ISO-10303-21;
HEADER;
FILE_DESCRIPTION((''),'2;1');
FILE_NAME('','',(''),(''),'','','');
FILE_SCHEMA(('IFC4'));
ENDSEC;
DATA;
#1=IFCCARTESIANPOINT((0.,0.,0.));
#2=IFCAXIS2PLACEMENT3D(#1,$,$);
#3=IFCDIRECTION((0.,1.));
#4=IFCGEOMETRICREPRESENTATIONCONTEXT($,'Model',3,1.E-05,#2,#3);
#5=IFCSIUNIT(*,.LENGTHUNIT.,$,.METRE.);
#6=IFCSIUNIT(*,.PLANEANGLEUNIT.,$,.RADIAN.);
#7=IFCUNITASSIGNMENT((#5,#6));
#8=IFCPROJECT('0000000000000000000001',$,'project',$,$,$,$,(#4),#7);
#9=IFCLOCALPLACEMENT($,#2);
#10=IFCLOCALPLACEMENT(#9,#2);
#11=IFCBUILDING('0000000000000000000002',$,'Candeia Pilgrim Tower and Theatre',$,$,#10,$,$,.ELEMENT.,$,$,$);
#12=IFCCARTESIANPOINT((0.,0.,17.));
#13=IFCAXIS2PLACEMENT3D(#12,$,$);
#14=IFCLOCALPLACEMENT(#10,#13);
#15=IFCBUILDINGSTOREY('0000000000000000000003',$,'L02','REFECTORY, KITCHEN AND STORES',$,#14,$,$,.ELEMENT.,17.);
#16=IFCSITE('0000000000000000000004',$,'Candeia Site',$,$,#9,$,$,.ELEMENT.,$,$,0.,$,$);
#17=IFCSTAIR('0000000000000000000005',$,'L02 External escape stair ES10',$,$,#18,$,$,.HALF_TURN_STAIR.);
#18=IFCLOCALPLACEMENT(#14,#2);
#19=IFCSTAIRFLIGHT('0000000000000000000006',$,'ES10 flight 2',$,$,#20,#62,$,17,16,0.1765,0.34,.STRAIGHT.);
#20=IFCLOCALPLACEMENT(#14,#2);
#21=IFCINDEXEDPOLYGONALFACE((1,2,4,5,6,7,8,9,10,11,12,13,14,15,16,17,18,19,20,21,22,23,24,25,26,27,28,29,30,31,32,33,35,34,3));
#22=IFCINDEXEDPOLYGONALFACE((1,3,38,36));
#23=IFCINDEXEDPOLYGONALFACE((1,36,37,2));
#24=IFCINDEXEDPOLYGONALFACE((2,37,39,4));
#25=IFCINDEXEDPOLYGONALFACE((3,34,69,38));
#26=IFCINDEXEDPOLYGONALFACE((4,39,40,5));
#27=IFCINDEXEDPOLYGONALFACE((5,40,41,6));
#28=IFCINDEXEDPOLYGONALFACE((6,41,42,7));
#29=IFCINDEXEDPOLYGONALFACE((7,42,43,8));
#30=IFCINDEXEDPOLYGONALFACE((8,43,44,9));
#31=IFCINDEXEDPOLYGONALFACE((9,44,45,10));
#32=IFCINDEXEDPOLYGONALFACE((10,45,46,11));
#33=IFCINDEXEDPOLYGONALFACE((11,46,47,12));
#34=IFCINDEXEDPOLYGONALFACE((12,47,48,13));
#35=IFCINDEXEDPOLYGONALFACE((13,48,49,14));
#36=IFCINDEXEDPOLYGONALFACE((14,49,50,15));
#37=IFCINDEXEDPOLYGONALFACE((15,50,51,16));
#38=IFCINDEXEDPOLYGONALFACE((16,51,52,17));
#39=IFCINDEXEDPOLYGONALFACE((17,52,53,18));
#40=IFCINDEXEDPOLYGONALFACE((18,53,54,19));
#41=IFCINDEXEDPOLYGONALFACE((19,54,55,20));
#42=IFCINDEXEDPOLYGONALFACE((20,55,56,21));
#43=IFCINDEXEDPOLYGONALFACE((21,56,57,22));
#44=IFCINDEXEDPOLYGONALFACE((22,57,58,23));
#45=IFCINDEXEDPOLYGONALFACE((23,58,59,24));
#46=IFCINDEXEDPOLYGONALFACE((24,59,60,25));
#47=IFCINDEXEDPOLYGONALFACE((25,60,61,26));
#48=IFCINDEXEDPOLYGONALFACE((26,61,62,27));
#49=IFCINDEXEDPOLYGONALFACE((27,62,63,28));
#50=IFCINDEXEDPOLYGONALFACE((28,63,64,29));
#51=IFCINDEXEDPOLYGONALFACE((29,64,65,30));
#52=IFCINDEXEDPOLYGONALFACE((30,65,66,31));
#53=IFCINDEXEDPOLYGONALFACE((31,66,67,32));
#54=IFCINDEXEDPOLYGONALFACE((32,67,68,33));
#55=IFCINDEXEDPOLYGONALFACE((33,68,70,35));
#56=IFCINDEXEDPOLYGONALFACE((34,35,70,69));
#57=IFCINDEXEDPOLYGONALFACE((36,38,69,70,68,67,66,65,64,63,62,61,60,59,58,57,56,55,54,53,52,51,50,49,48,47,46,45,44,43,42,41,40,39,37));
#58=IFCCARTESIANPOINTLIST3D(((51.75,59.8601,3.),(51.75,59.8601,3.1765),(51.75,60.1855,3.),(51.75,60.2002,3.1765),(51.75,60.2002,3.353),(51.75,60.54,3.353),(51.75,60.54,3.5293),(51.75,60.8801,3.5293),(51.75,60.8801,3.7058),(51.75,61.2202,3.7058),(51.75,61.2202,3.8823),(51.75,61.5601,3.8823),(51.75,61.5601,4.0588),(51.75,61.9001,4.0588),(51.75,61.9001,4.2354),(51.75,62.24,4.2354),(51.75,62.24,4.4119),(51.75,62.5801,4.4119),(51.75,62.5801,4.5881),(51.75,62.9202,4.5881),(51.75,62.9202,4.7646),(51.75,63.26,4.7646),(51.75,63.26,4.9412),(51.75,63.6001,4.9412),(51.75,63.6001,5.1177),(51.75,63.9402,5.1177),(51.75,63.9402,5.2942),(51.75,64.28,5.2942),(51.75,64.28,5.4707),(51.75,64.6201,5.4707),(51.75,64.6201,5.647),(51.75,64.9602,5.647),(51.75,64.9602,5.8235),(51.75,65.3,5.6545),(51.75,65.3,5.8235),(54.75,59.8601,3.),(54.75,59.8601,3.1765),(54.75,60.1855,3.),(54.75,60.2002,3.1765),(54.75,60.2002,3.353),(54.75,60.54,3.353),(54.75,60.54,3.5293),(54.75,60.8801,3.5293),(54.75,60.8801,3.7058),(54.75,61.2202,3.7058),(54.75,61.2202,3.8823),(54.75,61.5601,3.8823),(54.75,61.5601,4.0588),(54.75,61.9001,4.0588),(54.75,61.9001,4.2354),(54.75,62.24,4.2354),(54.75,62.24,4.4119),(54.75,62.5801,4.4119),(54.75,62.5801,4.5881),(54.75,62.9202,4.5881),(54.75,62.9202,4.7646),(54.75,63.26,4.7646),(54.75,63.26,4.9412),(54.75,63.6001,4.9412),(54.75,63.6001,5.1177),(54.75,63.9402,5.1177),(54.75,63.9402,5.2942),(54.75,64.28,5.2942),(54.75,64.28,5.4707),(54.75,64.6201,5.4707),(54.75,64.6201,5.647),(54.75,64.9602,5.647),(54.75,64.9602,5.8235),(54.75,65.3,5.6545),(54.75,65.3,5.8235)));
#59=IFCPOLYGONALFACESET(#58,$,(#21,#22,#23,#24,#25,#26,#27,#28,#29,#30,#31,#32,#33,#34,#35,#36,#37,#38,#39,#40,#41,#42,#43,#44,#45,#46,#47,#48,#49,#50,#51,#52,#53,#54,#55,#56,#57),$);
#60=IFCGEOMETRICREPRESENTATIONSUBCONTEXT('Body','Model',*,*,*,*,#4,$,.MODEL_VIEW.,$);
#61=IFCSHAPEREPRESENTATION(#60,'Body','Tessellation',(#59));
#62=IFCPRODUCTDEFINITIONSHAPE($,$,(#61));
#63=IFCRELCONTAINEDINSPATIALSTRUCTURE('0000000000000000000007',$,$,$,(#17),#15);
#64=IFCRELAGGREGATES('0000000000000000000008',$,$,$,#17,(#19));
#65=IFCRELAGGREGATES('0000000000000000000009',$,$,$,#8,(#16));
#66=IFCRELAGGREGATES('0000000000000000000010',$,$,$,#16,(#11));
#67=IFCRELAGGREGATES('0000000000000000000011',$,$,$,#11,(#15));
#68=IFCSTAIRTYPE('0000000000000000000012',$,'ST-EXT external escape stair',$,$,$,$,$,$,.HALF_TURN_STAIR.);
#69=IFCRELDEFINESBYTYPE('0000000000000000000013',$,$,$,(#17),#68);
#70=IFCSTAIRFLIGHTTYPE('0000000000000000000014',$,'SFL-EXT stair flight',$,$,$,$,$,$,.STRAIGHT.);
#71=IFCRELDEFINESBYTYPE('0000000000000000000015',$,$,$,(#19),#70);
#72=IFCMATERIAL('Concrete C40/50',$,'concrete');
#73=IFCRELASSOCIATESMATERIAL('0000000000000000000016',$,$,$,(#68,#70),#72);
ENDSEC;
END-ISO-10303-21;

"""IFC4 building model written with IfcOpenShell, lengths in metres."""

from ifc_helpers import new_model, si_unit, direction, frame, origin, place, context, subcontext, project, spatial, polyline, outline, extrude, material, type_object, element, aggregate, save


model = new_model("IFC4")

# Units and contexts
model_context = context("Model", 3, precision=1e-05, world=origin(), true_north=direction((0.0, 1.0)))
body_context = subcontext(model_context, "Body", "Model", "MODEL_VIEW")
ifc_project = project(units=[si_unit("LENGTHUNIT", "METRE"), si_unit("PLANEANGLEUNIT", "RADIAN")], contexts=[model_context])

# Site, building, storey
site_placement = place(None, origin())
site = spatial("IfcSite", under=ifc_project, at=site_placement, Name="Candeia Site", CompositionType="ELEMENT", RefElevation=0.0)
building_placement = place(site_placement, origin())
building = spatial("IfcBuilding", under=site, at=building_placement, Name="Candeia Pilgrim Tower and Theatre", CompositionType="ELEMENT")
storey_placement = place(building_placement, frame((0.0, 0.0, 17.0)))
storey = spatial("IfcBuildingStorey", under=building, at=storey_placement, Name="L02", Description="REFECTORY, KITCHEN AND STORES", CompositionType="ELEMENT", Elevation=17.0)

# Shared definitions
ifc_material_1 = material(Name="Concrete C40/50", Category="concrete")

# Shared definitions
stair_type = type_object("IfcStairType", Name="ST-EXT external escape stair", PredefinedType="HALF_TURN_STAIR", material=ifc_material_1)

# Stair
stair_1_placement = place(storey_placement, origin())
stair_1 = element("IfcStair", 1, at=stair_1_placement, inside=storey, type_object=stair_type, Name="L02 External escape stair ES10", PredefinedType="HALF_TURN_STAIR")

# Stair flight
stair_flight_type = type_object("IfcStairFlightType", Name="SFL-EXT stair flight", PredefinedType="STRAIGHT", material=ifc_material_1)
stair_flight_placement = place(storey_placement, frame((53.25, 59.8601, 3.0), z_axis=(0.0, 0.0, 1.0), x_axis=(0.0, 1.0, 0.0)))
stair_flight = element("IfcStairFlight", 2, at=stair_flight_placement, type_object=stair_flight_type, Name="ES10 flight 2", NumberOfRisers=17, NumberOfTreads=16, PredefinedType="STRAIGHT", RiserHeight=0.1765, TreadLength=0.34, context=body_context, shape_type="SweptSolid", body=[
    extrude(outline(polyline([(0.0, 0.0), (0.0, 0.1765), (0.3401, 0.1765), (0.3401, 0.353), (0.6799, 0.353), (0.6799, 0.5293), (1.02, 0.5293), (1.02, 0.7058), (1.3601, 0.7058), (1.3601, 0.8823), (1.7, 0.8823), (1.7, 1.0588), (2.04, 1.0588), (2.04, 1.2354), (2.3799, 1.2354), (2.3799, 1.4119), (2.72, 1.4119), (2.72, 1.5881), (3.0601, 1.5881), (3.0601, 1.7646), (3.3999, 1.7646), (3.3999, 1.9412), (3.74, 1.9412), (3.74, 2.1177), (4.0801, 2.1177), (4.0801, 2.2942), (4.4199, 2.2942), (4.4199, 2.4707), (4.76, 2.4707), (4.76, 2.647), (5.1001, 2.647), (5.1001, 2.8235), (5.4399, 2.8235), (5.4399, 3.0), (5.4399, 2.6545), (0.3254, 0.0), (0.0, 0.0)])), frame((0.0, 1.5, 0.0), z_axis=(0.0, -1.0, 0.0), x_axis=(1.0, 0.0, 0.0)), (0.0, 0.0, 1.0), 3.0),
])
aggregate(stair_1, [stair_flight])

save(model, "model.ifc")
